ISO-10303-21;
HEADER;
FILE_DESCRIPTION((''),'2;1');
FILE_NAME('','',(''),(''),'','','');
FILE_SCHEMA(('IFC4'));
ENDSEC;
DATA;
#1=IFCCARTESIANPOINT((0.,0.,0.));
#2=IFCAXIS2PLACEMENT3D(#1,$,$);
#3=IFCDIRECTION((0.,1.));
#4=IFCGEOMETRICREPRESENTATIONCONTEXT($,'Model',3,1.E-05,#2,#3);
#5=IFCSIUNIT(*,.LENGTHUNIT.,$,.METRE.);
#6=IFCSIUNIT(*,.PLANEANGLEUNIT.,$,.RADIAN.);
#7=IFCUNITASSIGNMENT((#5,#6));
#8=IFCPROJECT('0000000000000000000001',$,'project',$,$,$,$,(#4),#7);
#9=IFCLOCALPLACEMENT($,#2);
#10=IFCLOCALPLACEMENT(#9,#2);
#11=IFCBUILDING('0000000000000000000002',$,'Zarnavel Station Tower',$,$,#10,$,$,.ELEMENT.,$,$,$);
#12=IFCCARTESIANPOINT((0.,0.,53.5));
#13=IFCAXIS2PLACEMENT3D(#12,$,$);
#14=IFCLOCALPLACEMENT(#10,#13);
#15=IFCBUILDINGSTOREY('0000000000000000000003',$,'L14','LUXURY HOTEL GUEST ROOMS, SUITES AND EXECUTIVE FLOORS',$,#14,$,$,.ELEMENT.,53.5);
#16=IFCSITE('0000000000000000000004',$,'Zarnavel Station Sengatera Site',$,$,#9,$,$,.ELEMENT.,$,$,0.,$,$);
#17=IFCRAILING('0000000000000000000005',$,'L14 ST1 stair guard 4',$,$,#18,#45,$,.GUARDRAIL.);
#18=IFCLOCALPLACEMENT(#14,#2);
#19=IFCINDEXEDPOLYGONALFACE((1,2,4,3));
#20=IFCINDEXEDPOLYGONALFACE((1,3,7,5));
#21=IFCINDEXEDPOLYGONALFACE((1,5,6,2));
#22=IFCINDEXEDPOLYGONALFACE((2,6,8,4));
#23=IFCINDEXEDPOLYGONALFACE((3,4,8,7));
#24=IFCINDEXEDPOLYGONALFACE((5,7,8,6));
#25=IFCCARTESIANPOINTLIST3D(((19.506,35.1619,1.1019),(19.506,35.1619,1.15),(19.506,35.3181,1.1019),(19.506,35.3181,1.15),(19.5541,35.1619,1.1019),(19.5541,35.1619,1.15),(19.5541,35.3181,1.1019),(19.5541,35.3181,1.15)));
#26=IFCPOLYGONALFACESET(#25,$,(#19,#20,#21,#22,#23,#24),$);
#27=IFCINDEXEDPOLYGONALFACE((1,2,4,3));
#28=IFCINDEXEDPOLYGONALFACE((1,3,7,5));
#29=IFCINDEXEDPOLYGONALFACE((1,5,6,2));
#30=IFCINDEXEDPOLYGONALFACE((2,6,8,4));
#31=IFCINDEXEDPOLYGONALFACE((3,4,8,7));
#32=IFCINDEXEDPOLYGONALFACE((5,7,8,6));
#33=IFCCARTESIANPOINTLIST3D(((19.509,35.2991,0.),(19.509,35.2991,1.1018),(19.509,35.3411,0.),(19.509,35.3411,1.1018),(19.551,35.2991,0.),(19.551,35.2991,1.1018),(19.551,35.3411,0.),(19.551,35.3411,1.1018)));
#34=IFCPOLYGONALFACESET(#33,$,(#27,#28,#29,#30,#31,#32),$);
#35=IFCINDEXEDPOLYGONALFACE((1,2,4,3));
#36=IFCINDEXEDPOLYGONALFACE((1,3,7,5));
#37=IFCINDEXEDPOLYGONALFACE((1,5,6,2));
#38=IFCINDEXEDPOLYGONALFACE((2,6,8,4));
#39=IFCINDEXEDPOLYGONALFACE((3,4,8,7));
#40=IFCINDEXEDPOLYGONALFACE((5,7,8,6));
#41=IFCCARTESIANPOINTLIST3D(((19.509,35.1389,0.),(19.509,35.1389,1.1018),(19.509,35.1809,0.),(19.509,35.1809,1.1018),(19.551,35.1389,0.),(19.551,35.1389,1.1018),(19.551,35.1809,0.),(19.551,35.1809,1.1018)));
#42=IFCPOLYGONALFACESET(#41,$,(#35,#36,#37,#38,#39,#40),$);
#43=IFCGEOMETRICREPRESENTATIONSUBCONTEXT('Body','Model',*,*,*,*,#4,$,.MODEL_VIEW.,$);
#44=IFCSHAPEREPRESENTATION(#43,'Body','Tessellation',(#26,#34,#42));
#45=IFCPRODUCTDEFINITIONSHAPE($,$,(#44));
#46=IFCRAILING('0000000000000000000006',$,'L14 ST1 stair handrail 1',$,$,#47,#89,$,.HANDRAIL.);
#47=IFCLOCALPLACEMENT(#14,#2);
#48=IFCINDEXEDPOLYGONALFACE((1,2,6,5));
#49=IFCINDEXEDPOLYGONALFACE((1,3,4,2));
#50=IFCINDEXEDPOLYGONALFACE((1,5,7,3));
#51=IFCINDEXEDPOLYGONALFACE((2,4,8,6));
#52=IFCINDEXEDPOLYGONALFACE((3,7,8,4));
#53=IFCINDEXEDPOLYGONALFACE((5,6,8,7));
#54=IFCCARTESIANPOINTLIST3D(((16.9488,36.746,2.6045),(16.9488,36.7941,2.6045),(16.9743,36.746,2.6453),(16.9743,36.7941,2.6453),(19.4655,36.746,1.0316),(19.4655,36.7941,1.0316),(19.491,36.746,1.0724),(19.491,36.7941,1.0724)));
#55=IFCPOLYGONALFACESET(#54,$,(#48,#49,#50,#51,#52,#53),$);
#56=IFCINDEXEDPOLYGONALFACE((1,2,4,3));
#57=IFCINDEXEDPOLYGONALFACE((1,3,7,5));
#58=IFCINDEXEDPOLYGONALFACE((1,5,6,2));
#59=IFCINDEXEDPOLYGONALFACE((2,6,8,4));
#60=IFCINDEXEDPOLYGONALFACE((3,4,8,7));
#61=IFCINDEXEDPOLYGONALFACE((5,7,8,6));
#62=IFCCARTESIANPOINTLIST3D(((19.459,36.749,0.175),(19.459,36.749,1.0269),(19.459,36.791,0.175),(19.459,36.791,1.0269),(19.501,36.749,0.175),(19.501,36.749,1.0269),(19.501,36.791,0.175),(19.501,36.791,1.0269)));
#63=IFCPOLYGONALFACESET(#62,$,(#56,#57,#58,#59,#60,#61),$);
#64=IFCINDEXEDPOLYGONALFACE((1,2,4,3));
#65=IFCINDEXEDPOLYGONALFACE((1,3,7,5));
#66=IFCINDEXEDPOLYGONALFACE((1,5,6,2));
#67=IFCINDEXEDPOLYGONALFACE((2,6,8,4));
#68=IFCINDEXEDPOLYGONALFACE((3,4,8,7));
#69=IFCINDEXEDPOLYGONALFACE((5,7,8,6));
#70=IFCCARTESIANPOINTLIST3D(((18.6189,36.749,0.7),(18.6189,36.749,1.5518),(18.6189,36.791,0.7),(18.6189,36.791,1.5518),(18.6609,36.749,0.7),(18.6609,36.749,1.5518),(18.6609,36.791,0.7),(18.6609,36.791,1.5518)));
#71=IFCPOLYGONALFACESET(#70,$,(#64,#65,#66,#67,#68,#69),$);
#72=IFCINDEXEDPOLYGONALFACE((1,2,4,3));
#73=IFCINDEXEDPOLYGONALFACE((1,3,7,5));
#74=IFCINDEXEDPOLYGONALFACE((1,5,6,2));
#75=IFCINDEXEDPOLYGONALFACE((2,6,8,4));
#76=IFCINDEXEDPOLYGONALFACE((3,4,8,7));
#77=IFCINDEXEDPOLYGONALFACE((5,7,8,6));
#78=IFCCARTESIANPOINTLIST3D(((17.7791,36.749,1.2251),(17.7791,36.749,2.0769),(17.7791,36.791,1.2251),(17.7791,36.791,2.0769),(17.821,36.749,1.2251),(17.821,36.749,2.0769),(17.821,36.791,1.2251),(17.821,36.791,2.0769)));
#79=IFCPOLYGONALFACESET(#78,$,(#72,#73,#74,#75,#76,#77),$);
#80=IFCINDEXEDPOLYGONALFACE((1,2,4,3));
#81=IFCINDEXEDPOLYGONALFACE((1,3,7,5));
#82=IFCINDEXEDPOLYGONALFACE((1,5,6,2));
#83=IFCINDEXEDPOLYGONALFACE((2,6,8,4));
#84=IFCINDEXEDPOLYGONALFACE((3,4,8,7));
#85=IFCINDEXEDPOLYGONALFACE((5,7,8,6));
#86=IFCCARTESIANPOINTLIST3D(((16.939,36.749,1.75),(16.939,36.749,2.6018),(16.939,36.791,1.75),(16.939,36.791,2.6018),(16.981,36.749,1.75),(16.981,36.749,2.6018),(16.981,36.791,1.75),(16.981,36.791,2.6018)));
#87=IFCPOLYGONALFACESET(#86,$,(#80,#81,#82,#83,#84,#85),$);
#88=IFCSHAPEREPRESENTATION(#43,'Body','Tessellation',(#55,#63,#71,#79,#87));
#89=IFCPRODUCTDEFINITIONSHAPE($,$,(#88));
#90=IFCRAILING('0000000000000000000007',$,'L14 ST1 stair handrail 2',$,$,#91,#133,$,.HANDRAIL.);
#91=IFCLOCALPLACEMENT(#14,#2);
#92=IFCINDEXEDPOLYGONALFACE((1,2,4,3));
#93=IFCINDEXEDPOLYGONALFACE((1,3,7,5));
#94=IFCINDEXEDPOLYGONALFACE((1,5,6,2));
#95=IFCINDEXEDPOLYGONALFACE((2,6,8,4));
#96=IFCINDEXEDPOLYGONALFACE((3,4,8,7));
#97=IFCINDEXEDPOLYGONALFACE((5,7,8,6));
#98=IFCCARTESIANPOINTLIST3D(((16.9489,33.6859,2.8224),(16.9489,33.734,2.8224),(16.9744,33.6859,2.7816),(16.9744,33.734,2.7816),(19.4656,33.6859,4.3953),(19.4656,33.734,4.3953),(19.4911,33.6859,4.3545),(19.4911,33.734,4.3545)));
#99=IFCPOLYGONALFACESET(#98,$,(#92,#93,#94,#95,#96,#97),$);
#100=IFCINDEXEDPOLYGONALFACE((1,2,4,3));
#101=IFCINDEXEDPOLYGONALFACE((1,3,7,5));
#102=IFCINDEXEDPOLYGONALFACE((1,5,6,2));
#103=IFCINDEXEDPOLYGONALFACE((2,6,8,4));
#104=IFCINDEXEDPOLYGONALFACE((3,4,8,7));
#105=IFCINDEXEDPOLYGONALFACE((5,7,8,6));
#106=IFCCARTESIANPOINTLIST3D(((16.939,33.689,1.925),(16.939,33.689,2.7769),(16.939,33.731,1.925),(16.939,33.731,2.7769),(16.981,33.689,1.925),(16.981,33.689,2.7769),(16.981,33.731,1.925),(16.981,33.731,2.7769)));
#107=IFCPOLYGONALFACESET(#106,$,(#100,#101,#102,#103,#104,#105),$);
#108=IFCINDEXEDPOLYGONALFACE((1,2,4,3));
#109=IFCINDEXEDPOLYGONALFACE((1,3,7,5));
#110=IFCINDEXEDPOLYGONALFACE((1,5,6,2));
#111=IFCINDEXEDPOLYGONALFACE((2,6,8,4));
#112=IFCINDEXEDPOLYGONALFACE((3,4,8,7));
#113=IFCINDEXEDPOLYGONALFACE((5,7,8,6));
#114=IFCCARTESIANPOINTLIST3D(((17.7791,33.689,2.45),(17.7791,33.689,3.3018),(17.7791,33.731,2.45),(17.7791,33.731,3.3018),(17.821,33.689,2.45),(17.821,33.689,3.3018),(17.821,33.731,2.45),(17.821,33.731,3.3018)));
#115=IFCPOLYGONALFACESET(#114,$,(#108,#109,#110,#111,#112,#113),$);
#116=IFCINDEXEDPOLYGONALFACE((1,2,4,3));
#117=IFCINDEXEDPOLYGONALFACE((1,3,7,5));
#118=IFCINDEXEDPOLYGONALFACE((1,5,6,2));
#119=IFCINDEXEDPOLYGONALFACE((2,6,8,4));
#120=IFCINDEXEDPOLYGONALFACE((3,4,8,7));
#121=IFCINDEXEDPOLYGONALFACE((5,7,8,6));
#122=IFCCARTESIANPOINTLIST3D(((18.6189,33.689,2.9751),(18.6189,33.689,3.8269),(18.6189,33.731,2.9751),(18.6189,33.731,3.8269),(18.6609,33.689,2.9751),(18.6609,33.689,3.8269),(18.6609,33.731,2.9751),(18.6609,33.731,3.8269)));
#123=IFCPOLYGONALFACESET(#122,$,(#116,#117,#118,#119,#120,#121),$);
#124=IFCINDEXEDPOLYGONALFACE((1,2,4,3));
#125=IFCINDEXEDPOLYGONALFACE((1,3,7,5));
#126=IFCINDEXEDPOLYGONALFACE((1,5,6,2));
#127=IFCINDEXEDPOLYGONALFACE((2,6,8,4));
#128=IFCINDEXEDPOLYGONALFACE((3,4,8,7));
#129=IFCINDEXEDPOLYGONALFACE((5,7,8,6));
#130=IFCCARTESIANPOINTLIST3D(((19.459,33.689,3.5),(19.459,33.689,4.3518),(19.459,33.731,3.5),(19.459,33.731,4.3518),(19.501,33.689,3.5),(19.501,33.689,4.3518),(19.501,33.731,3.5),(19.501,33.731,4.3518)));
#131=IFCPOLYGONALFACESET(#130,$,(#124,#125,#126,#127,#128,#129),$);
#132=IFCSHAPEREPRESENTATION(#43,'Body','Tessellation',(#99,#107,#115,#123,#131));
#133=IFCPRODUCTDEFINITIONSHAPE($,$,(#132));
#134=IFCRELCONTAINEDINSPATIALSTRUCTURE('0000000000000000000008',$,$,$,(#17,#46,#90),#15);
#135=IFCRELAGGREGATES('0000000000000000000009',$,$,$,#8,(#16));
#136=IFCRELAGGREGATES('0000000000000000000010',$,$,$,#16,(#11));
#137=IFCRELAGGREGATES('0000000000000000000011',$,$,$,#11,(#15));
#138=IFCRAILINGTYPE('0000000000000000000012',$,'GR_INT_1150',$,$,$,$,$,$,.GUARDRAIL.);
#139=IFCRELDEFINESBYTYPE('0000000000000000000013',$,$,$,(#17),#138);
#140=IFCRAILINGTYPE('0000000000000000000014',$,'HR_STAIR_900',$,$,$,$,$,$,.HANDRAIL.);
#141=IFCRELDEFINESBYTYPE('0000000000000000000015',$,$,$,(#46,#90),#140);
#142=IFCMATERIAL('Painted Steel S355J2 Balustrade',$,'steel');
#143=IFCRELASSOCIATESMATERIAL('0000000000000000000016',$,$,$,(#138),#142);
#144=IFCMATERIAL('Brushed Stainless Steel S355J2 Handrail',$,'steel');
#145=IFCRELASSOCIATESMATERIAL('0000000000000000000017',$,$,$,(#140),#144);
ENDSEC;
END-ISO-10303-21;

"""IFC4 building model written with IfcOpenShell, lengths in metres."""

from ifc_helpers import new_model, si_unit, direction, frame, origin, origin_2d, place, context, subcontext, project, spatial, rectangle, extrude, material, type_object, element, save


model = new_model("IFC4")

# Units and contexts
model_context = context("Model", 3, precision=1e-05, world=origin(), true_north=direction((0.0, 1.0)))
body_context = subcontext(model_context, "Body", "Model", "MODEL_VIEW")
ifc_project = project(units=[si_unit("LENGTHUNIT", "METRE"), si_unit("PLANEANGLEUNIT", "RADIAN")], contexts=[model_context])

# Site, building, storey
site_placement = place(None, origin())
site = spatial("IfcSite", under=ifc_project, at=site_placement, Name="Zarnavel Station Sengatera Site", CompositionType="ELEMENT", RefElevation=0.0)
building_placement = place(site_placement, origin())
building = spatial("IfcBuilding", under=site, at=building_placement, Name="Zarnavel Station Tower", CompositionType="ELEMENT")
storey_placement = place(building_placement, frame((0.0, 0.0, 53.5)))
storey = spatial("IfcBuildingStorey", under=building, at=storey_placement, Name="L14", Description="LUXURY HOTEL GUEST ROOMS, SUITES AND EXECUTIVE FLOORS", CompositionType="ELEMENT", Elevation=53.5)

# Railings
ifc_material_1 = material(Name="Painted Steel S355J2 Balustrade", Category="steel")
railing_type_1 = type_object("IfcRailingType", Name="GR_INT_1150", PredefinedType="GUARDRAIL", material=ifc_material_1)
railing_1_placement = place(storey_placement, frame((19.53, 35.3201, 0.0)))
element("IfcRailing", 1, at=railing_1_placement, inside=storey, type_object=railing_type_1, Name="L14 ST1 stair guard 4", PredefinedType="GUARDRAIL", context=body_context, shape_type="SweptSolid", body=[
    extrude(rectangle(XDim=0.0481, YDim=0.0481, at=origin_2d()), frame((0.0, -0.002, 1.126), z_axis=(0.0, -1.0, 0.0), x_axis=(1.0, 0.0, 0.0)), (0.0, 0.0, 1.0), 0.1562),
    extrude(rectangle(XDim=0.042, YDim=0.042, at=origin_2d()), origin(), (0.0, 0.0, 1.0), 1.1018),
    extrude(rectangle(XDim=0.042, YDim=0.042, at=origin_2d()), frame((0.0, -0.1602, 0.0)), (0.0, 0.0, 1.0), 1.1018),
])
ifc_material_2 = material(Name="Brushed Stainless Steel S355J2 Handrail", Category="steel")
railing_type_2 = type_object("IfcRailingType", Name="HR_STAIR_900", PredefinedType="HANDRAIL", material=ifc_material_2)
railing_2_placement = place(storey_placement, frame((19.48, 36.77, 0.175)))
element("IfcRailing", 2, at=railing_2_placement, inside=storey, type_object=railing_type_2, Name="L14 ST1 stair handrail 1", PredefinedType="HANDRAIL", context=body_context, shape_type="SweptSolid", body=[
    extrude(rectangle(XDim=0.0481, YDim=0.0481, at=origin_2d()), frame((-0.0017, 0.0, 0.877), z_axis=(-0.848008, 0.0, 0.529984), x_axis=(0.0, -1.0, 0.0)), (0.0, 0.0, 1.0), 2.9678),
    extrude(rectangle(XDim=0.042, YDim=0.042, at=origin_2d()), origin(), (0.0, 0.0, 1.0), 0.8518),
    extrude(rectangle(XDim=0.042, YDim=0.042, at=origin_2d()), frame((-0.8401, 0.0, 0.5249)), (0.0, 0.0, 1.0), 0.8518),
    extrude(rectangle(XDim=0.042, YDim=0.042, at=origin_2d()), frame((-1.6799, 0.0, 1.05)), (0.0, 0.0, 1.0), 0.8518),
    extrude(rectangle(XDim=0.042, YDim=0.042, at=origin_2d()), frame((-2.52, 0.0, 1.575)), (0.0, 0.0, 1.0), 0.8518),
])
railing_3_placement = place(storey_placement, frame((16.96, 33.71, 1.925)))
element("IfcRailing", 3, at=railing_3_placement, inside=storey, type_object=railing_type_2, Name="L14 ST1 stair handrail 2", PredefinedType="HANDRAIL", context=body_context, shape_type="SweptSolid", body=[
    extrude(rectangle(XDim=0.0481, YDim=0.0481, at=origin_2d()), frame((0.0017, 0.0, 0.877), z_axis=(0.848008, 0.0, 0.529984), x_axis=(0.0, 1.0, 0.0)), (0.0, 0.0, 1.0), 2.9678),
    extrude(rectangle(XDim=0.042, YDim=0.042, at=origin_2d()), origin(), (0.0, 0.0, 1.0), 0.8518),
    extrude(rectangle(XDim=0.042, YDim=0.042, at=origin_2d()), frame((0.8401, 0.0, 0.5249)), (0.0, 0.0, 1.0), 0.8518),
    extrude(rectangle(XDim=0.042, YDim=0.042, at=origin_2d()), frame((1.6799, 0.0, 1.05)), (0.0, 0.0, 1.0), 0.8518),
    extrude(rectangle(XDim=0.042, YDim=0.042, at=origin_2d()), frame((2.52, 0.0, 1.575)), (0.0, 0.0, 1.0), 0.8518),
])

save(model, "model.ifc")
